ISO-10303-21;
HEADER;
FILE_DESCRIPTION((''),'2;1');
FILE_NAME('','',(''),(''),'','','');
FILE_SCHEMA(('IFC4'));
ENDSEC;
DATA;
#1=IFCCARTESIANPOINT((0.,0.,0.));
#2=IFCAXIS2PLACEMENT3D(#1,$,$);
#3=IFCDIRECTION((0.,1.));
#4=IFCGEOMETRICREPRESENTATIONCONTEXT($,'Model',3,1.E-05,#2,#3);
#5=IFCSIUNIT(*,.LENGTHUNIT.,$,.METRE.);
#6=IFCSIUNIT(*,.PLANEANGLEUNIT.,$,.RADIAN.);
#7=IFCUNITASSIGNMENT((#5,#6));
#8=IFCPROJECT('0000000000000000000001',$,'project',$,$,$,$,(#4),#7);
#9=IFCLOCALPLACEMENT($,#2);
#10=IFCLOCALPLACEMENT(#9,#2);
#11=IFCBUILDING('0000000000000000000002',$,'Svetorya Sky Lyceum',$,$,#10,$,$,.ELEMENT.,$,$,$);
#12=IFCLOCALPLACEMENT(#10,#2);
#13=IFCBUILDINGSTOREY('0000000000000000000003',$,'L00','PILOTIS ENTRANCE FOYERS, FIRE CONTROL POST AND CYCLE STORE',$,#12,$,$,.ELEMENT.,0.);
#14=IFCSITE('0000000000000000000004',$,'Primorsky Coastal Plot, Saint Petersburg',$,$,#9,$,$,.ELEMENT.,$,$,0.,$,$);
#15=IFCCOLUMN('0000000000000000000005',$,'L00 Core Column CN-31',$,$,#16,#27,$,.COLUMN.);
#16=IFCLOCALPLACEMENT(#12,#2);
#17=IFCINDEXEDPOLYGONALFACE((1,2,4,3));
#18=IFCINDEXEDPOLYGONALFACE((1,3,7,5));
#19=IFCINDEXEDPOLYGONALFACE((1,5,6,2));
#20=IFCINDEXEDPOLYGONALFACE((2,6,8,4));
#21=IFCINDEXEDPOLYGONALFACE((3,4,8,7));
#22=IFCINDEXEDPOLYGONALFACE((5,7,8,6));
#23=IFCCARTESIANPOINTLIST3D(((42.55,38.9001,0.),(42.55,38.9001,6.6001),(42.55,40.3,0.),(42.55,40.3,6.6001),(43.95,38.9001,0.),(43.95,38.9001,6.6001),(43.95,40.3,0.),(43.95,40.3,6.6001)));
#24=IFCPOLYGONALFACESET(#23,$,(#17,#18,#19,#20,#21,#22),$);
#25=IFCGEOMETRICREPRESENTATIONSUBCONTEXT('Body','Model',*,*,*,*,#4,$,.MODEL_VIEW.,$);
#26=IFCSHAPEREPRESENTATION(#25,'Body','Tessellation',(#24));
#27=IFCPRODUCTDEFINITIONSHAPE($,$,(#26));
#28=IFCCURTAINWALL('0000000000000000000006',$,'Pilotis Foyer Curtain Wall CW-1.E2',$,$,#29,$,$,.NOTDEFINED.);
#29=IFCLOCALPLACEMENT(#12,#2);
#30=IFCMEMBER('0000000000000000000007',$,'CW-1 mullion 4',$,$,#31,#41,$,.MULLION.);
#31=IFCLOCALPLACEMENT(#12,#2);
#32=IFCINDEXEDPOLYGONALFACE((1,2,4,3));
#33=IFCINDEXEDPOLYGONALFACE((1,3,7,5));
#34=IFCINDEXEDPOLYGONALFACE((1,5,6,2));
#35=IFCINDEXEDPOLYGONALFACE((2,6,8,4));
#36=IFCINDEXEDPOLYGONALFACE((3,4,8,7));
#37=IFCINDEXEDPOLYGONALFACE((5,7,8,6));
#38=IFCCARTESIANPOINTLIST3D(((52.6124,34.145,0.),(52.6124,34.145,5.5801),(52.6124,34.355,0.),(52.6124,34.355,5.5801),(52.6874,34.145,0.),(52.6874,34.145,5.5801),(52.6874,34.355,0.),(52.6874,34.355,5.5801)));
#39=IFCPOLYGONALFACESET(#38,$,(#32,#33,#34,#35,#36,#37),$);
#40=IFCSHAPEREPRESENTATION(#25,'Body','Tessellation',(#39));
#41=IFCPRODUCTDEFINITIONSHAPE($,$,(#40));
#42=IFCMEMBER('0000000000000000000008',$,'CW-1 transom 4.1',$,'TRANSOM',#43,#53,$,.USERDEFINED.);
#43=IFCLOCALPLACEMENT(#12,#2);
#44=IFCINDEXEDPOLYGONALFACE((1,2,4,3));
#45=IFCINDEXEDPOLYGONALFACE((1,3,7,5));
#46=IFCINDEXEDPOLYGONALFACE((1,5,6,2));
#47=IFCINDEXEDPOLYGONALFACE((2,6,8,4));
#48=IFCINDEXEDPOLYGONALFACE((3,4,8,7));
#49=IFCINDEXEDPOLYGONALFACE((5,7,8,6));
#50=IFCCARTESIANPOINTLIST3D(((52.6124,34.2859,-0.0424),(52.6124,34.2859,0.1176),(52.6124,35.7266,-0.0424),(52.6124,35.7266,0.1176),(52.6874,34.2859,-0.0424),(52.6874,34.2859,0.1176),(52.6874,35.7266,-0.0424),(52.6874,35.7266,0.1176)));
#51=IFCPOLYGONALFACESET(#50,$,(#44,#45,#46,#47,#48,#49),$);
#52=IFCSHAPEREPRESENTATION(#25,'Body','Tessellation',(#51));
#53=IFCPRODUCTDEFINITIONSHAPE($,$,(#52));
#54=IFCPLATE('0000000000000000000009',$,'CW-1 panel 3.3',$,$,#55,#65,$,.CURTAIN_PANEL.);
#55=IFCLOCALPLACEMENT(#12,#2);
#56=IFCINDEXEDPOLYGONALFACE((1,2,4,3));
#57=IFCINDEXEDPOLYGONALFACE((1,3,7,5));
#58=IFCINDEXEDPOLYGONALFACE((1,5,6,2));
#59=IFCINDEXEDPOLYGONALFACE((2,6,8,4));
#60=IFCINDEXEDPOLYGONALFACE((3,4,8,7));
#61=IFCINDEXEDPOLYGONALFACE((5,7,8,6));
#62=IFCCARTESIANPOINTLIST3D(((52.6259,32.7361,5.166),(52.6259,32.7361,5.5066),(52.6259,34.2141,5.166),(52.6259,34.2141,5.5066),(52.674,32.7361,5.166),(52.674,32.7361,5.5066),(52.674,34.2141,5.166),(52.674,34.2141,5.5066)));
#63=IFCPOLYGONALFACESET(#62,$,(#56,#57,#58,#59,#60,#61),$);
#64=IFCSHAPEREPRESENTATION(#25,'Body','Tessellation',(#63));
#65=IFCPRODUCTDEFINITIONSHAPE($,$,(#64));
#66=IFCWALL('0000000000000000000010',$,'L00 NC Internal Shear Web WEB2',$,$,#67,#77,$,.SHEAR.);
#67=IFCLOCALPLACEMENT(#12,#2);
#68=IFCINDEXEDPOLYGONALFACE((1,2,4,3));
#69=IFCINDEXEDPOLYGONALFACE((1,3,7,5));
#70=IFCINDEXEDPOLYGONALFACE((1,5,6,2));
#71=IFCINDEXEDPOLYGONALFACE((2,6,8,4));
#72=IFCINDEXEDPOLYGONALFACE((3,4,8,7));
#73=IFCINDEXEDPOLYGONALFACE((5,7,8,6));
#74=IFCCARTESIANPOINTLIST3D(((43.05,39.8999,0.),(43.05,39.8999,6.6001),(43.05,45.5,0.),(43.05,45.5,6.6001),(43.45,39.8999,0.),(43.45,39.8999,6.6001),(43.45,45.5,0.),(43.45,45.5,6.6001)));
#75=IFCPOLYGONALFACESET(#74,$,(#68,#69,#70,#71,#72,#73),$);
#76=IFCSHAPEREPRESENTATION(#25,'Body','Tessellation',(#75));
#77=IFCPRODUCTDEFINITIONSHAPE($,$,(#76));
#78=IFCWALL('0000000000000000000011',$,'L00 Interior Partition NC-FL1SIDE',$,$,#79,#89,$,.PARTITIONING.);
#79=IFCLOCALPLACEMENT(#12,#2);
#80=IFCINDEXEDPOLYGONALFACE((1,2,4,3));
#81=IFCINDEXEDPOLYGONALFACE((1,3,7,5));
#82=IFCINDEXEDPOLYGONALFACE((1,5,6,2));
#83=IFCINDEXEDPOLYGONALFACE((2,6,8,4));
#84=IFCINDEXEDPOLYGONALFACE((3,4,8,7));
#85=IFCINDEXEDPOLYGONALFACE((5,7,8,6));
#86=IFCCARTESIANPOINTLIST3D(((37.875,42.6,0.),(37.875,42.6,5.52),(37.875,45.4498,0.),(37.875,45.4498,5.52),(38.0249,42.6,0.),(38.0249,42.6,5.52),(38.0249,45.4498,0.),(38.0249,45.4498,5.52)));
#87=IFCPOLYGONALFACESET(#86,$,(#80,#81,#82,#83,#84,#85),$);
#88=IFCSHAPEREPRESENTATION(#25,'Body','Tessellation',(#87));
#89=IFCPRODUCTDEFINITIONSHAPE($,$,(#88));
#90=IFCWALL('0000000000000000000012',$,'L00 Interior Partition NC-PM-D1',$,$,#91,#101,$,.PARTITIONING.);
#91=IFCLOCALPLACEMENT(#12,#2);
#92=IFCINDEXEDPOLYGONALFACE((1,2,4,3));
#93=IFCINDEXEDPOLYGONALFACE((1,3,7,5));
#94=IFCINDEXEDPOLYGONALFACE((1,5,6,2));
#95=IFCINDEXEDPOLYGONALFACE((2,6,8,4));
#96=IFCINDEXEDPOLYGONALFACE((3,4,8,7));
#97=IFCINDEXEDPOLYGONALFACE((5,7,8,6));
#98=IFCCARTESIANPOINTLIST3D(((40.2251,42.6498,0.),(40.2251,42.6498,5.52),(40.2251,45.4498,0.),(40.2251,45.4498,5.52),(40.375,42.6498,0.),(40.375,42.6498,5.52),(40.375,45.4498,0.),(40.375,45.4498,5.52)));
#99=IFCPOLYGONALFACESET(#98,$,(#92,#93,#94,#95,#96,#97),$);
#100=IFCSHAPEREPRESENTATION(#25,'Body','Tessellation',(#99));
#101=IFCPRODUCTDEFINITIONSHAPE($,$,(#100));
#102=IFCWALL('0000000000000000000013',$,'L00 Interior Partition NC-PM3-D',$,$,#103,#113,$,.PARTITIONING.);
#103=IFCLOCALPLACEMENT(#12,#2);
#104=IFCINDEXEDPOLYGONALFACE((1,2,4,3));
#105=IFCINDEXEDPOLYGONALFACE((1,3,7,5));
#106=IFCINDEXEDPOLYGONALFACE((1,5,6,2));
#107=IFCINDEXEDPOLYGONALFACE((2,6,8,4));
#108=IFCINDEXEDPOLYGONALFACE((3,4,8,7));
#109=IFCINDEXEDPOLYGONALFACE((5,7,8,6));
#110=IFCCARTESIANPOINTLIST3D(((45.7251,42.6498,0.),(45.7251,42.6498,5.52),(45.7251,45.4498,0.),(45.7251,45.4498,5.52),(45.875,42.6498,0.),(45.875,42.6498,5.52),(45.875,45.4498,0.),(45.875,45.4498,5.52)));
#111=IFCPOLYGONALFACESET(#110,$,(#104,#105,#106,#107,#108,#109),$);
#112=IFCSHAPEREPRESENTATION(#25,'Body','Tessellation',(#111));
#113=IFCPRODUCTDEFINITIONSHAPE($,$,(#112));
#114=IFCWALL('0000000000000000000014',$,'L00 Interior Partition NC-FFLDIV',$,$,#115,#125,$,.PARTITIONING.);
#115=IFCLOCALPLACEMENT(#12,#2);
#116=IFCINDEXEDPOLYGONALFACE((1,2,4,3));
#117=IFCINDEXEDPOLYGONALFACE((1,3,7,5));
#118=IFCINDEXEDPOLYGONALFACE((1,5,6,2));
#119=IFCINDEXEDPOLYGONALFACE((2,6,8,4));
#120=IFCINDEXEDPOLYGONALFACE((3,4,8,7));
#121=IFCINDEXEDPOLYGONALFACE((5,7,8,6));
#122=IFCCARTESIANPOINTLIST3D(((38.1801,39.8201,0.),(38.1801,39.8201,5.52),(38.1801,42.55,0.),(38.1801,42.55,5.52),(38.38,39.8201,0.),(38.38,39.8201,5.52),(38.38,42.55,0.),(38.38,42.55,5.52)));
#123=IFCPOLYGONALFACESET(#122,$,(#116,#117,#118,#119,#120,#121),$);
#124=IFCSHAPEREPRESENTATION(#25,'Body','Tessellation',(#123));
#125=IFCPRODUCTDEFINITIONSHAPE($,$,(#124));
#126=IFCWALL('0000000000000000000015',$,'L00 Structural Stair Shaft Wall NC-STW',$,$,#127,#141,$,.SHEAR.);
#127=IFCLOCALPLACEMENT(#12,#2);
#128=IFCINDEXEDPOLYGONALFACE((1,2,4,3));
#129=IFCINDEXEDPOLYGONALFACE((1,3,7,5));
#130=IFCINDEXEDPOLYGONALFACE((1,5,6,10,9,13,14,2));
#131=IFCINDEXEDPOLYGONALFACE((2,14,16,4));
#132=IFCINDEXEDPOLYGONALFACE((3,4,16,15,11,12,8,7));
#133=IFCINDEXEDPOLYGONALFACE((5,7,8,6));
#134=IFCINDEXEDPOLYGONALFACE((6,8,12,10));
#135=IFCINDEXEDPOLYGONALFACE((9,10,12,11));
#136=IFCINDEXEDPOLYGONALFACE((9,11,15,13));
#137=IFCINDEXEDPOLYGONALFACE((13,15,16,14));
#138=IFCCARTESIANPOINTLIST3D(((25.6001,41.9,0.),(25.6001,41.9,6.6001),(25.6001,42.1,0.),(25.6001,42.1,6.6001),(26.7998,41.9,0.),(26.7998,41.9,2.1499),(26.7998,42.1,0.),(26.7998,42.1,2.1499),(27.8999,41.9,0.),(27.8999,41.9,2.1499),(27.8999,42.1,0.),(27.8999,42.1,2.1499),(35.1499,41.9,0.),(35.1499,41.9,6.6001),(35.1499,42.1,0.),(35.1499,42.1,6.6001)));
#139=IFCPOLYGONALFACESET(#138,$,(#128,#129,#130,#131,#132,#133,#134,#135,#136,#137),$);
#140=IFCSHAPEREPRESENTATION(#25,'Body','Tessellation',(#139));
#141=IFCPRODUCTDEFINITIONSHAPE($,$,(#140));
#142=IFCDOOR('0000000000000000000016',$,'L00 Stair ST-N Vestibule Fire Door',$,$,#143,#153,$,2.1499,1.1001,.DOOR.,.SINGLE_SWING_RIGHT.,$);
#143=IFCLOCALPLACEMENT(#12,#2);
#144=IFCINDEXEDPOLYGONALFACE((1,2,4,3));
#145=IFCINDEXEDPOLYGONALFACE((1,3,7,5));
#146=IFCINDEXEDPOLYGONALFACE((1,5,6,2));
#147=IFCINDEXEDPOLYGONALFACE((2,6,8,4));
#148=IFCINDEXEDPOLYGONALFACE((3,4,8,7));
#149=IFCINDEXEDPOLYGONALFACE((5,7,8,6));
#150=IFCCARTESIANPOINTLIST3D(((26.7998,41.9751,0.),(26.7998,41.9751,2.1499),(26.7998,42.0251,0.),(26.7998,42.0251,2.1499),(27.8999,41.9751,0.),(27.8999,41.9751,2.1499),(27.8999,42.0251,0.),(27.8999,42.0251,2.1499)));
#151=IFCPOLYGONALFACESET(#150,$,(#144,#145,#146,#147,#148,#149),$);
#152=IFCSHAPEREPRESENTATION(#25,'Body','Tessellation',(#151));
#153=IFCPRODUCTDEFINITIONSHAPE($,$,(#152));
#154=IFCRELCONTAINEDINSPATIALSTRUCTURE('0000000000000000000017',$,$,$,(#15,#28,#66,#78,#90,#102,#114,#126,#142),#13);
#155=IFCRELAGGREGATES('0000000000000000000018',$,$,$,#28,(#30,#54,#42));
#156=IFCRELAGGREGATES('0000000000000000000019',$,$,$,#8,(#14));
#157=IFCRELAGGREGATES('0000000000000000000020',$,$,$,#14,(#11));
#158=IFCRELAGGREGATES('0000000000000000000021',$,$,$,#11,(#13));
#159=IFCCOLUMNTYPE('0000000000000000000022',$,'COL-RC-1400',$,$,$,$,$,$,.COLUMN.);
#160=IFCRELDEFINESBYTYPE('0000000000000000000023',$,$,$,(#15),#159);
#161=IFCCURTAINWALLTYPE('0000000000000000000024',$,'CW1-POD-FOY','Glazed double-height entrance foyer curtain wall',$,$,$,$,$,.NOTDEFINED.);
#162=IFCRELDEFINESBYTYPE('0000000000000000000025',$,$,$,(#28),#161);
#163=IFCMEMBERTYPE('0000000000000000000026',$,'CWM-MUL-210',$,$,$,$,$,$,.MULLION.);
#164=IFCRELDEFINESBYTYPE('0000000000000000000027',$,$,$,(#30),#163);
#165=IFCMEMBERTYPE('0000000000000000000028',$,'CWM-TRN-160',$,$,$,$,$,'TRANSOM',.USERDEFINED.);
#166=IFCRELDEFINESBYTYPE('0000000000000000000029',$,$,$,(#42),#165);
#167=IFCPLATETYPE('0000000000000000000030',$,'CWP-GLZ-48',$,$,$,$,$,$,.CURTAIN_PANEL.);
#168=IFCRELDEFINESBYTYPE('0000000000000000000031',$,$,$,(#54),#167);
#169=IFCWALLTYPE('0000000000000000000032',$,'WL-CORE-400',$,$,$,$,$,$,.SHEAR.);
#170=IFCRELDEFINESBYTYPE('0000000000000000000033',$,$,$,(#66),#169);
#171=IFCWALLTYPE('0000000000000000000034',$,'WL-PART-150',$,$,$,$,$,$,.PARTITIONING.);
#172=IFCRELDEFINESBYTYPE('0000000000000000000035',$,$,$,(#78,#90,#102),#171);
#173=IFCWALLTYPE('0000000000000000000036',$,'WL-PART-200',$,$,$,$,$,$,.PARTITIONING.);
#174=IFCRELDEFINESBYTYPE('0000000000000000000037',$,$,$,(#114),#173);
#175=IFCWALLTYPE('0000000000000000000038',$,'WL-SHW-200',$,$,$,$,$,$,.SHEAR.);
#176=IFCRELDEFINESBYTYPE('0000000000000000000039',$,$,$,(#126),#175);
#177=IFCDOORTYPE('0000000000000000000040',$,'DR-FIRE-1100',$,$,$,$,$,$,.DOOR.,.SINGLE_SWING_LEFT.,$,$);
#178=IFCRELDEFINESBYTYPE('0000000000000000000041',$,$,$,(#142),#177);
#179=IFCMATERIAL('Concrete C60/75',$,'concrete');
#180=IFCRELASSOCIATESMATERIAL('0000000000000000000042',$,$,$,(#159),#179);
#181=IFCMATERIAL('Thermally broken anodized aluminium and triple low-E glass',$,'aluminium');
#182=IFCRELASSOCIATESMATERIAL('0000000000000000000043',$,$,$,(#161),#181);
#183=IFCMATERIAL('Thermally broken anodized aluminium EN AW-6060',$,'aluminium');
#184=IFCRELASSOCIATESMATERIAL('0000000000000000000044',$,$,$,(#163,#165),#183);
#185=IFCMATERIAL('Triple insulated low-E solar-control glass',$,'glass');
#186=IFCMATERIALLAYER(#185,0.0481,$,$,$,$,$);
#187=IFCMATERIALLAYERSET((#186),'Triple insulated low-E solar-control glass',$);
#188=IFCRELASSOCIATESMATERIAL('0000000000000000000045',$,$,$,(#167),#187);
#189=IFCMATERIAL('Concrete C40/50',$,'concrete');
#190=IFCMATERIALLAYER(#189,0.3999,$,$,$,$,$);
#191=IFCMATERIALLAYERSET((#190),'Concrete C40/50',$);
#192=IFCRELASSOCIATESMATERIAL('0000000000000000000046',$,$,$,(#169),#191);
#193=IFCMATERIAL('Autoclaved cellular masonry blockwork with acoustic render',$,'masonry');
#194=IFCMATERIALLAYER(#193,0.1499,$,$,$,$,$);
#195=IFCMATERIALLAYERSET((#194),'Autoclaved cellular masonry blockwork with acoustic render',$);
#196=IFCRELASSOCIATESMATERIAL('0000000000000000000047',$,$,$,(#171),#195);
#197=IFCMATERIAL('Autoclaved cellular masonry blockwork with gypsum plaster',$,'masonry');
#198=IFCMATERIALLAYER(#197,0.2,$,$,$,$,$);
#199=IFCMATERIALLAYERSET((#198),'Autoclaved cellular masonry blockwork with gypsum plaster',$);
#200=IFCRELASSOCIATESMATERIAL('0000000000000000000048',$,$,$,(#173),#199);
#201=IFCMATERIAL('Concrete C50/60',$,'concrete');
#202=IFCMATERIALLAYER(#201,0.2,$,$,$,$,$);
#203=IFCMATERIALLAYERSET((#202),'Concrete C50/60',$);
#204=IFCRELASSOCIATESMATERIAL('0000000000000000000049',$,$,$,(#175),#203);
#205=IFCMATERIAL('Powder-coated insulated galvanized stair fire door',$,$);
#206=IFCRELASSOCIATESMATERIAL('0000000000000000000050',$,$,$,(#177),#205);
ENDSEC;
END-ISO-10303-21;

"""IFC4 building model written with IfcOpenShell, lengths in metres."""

from ifc_helpers import new_model, si_unit, direction, frame, frame_2d, origin, origin_2d, place, context, subcontext, project, spatial, rectangle, extrude, material, layer, layer_set, material_profile, profile_set, type_object, element, fill, aggregate, save


model = new_model("IFC4")

# Units and contexts
model_context = context("Model", 3, precision=1e-05, world=origin(), true_north=direction((0.0, 1.0)))
body_context = subcontext(model_context, "Body", "Model", "MODEL_VIEW")
ifc_project = project(units=[si_unit("LENGTHUNIT", "METRE"), si_unit("PLANEANGLEUNIT", "RADIAN")], contexts=[model_context])

# Site, building, storey
site_placement = place(None, origin())
site = spatial("IfcSite", under=ifc_project, at=site_placement, Name="Primorsky Coastal Plot, Saint Petersburg", CompositionType="ELEMENT", RefElevation=0.0)
building_placement = place(site_placement, origin())
building = spatial("IfcBuilding", under=site, at=building_placement, Name="Svetorya Sky Lyceum", CompositionType="ELEMENT")
storey_placement = place(building_placement, origin())
storey = spatial("IfcBuildingStorey", under=building, at=storey_placement, Name="L00", Description="PILOTIS ENTRANCE FOYERS, FIRE CONTROL POST AND CYCLE STORE", CompositionType="ELEMENT", Elevation=0.0)

# Column
ifc_material_1 = material(Name="Concrete C60/75", Category="concrete")
ifc_material_profile_1 = material_profile(ifc_material_1, rectangle(XDim=1.3999, YDim=1.3999, at=origin_2d()), Name="RC COL 1400x1400")
ifc_profile_set_1 = profile_set([ifc_material_profile_1], Name="Concrete C60/75")
column_type = type_object("IfcColumnType", Name="COL-RC-1400", PredefinedType="COLUMN", material=ifc_profile_set_1)
column_placement = place(storey_placement, frame((43.25, 39.6001, 0.0), z_axis=(0.0, 0.0, 1.0), x_axis=(1.0, 0.0, 0.0)))
element("IfcColumn", 1, at=column_placement, inside=storey, type_object=column_type, Name="L00 Core Column CN-31", PredefinedType="COLUMN", context=body_context, shape_type="SweptSolid", body=[
    extrude(rectangle(XDim=1.3999, YDim=1.3999, at=origin_2d()), origin(), (0.0, 0.0, 1.0), 6.6001),
])

# Curtain wall, members, plate
ifc_material_2 = material(Name="Thermally broken anodized aluminium and triple low-E glass", Category="aluminium")
curtain_wall_type = type_object("IfcCurtainWallType", Name="CW1-POD-FOY", Description="Glazed double-height entrance foyer curtain wall", PredefinedType="NOTDEFINED", material=ifc_material_2)
curtain_wall_placement = place(storey_placement, origin())
curtain_wall = element("IfcCurtainWall", 2, at=curtain_wall_placement, inside=storey, type_object=curtain_wall_type, Name="Pilotis Foyer Curtain Wall CW-1.E2", PredefinedType="NOTDEFINED")
ifc_material_3 = material(Name="Thermally broken anodized aluminium EN AW-6060", Category="aluminium")
ifc_material_profile_2 = material_profile(ifc_material_3, rectangle(XDim=0.075, YDim=0.21, at=origin_2d()), Name="ALU MULLION 75x210")
ifc_profile_set_2 = profile_set([ifc_material_profile_2], Name="Thermally broken anodized aluminium EN AW-6060")
member_type_1 = type_object("IfcMemberType", Name="CWM-MUL-210", PredefinedType="MULLION", material=ifc_profile_set_2)
member_1_placement = place(storey_placement, frame((52.6499, 34.25, 0.0), z_axis=(0.0, 0.0, 1.0), x_axis=(-1.0, 0.0, 0.0)))
member_1 = element("IfcMember", 3, at=member_1_placement, type_object=member_type_1, Name="CW-1 mullion 4", PredefinedType="MULLION", context=body_context, shape_type="SweptSolid", body=[
    extrude(rectangle(XDim=0.075, YDim=0.21, at=origin_2d()), origin(), (0.0, 0.0, 1.0), 5.5801),
])
ifc_material_profile_3 = material_profile(ifc_material_3, rectangle(XDim=0.075, YDim=0.1599, at=origin_2d()), Name="ALU TRANSOM 75x160")
ifc_profile_set_3 = profile_set([ifc_material_profile_3], Name="Thermally broken anodized aluminium EN AW-6060")
member_type_2 = type_object("IfcMemberType", Name="CWM-TRN-160", ElementType="TRANSOM", PredefinedType="USERDEFINED", material=ifc_profile_set_3)
member_2_placement = place(storey_placement, frame((52.6499, 34.2859, 0.0376), z_axis=(0.0, 1.0, 0.0), x_axis=(-1.0, 0.0, 0.0)))
member_2 = element("IfcMember", 4, at=member_2_placement, type_object=member_type_2, Name="CW-1 transom 4.1", ObjectType="TRANSOM", PredefinedType="USERDEFINED", context=body_context, shape_type="SweptSolid", body=[
    extrude(rectangle(XDim=0.075, YDim=0.1599, at=origin_2d()), origin(), (0.0, 0.0, 1.0), 1.4407),
])
ifc_material_4 = material(Name="Triple insulated low-E solar-control glass", Category="glass")
ifc_layer_1 = layer(ifc_material_4, 0.0481)
ifc_layer_set_1 = layer_set([ifc_layer_1], Name="Triple insulated low-E solar-control glass")
plate_type = type_object("IfcPlateType", Name="CWP-GLZ-48", PredefinedType="CURTAIN_PANEL", material=ifc_layer_set_1)
plate_placement = place(storey_placement, frame((52.6499, 33.4751, 5.166), z_axis=(0.0, 0.0, 1.0), x_axis=(0.0, 1.0, 0.0)))
plate = element("IfcPlate", 5, at=plate_placement, type_object=plate_type, Name="CW-1 panel 3.3", PredefinedType="CURTAIN_PANEL", context=body_context, shape_type="SweptSolid", body=[
    extrude(rectangle(XDim=1.478, YDim=0.0481, at=origin_2d()), origin(), (0.0, 0.0, 1.0), 0.3406),
])
aggregate(curtain_wall, [member_1, plate, member_2])

# Walls
ifc_material_5 = material(Name="Concrete C40/50", Category="concrete")
ifc_layer_2 = layer(ifc_material_5, 0.3999)
ifc_layer_set_2 = layer_set([ifc_layer_2], Name="Concrete C40/50")
wall_type_1 = type_object("IfcWallType", Name="WL-CORE-400", PredefinedType="SHEAR", material=ifc_layer_set_2)
wall_1_placement = place(storey_placement, frame((43.25, 39.8999, 0.0), z_axis=(0.0, 0.0, 1.0), x_axis=(0.0, 1.0, 0.0)))
element("IfcWall", 6, at=wall_1_placement, inside=storey, type_object=wall_type_1, Name="L00 NC Internal Shear Web WEB2", PredefinedType="SHEAR", context=body_context, shape_type="SweptSolid", body=[
    extrude(rectangle(XDim=5.6001, YDim=0.3999, at=frame_2d((2.8, 0.0))), origin(), (0.0, 0.0, 1.0), 6.6001),
])
ifc_material_6 = material(Name="Autoclaved cellular masonry blockwork with acoustic render", Category="masonry")
ifc_layer_3 = layer(ifc_material_6, 0.1499)
ifc_layer_set_3 = layer_set([ifc_layer_3], Name="Autoclaved cellular masonry blockwork with acoustic render")
wall_type_2 = type_object("IfcWallType", Name="WL-PART-150", PredefinedType="PARTITIONING", material=ifc_layer_set_3)
wall_2_placement = place(storey_placement, frame((37.95, 42.6001, 0.0), z_axis=(0.0, 0.0, 1.0), x_axis=(0.0, 1.0, 0.0)))
element("IfcWall", 7, at=wall_2_placement, inside=storey, type_object=wall_type_2, Name="L00 Interior Partition NC-FL1SIDE", PredefinedType="PARTITIONING", context=body_context, shape_type="SweptSolid", body=[
    extrude(rectangle(XDim=2.8499, YDim=0.1499, at=frame_2d((1.4248, 0.0))), origin(), (0.0, 0.0, 1.0), 5.52),
])
for number, where, z_axis, x_axis, name in (
    (8, (40.3, 42.6499, 0.0), (0.0, 0.0, 1.0), (0.0, 1.0, 0.0), "L00 Interior Partition NC-PM-D1"),
    (9, (45.8, 42.6499, 0.0), (0.0, 0.0, 1.0), (0.0, 1.0, 0.0), "L00 Interior Partition NC-PM3-D"),
):
    element("IfcWall", number, at=place(storey_placement, frame(where, z_axis=z_axis, x_axis=x_axis)), inside=storey, type_object=wall_type_2, Name=name, PredefinedType="PARTITIONING", context=body_context, shape_type="SweptSolid", body=[
        extrude(rectangle(XDim=2.8, YDim=0.1499, at=frame_2d((1.3999, 0.0))), origin(), (0.0, 0.0, 1.0), 5.52),
    ])

# Shared definitions
ifc_material_7 = material(Name="Autoclaved cellular masonry blockwork with gypsum plaster", Category="masonry")
ifc_layer_4 = layer(ifc_material_7, 0.2)
ifc_layer_set_4 = layer_set([ifc_layer_4], Name="Autoclaved cellular masonry blockwork with gypsum plaster")
wall_type_3 = type_object("IfcWallType", Name="WL-PART-200", PredefinedType="PARTITIONING", material=ifc_layer_set_4)

# Wall
wall_3_placement = place(storey_placement, frame((38.28, 39.8201, 0.0), z_axis=(0.0, 0.0, 1.0), x_axis=(0.0, 1.0, 0.0)))
element("IfcWall", 10, at=wall_3_placement, inside=storey, type_object=wall_type_3, Name="L00 Interior Partition NC-FFLDIV", PredefinedType="PARTITIONING", context=body_context, shape_type="SweptSolid", body=[
    extrude(rectangle(XDim=2.73, YDim=0.2, at=frame_2d((1.365, 0.0))), origin(), (0.0, 0.0, 1.0), 5.52),
])

# Wall, opening, door
ifc_material_8 = material(Name="Concrete C50/60", Category="concrete")
ifc_layer_5 = layer(ifc_material_8, 0.2)
ifc_layer_set_5 = layer_set([ifc_layer_5], Name="Concrete C50/60")
wall_type_4 = type_object("IfcWallType", Name="WL-SHW-200", PredefinedType="SHEAR", material=ifc_layer_set_5)
wall_4_placement = place(storey_placement, frame((35.1499, 42.0, 0.0), z_axis=(0.0, 0.0, 1.0), x_axis=(-1.0, 0.0, 0.0)))
wall_4 = element("IfcWall", 11, at=wall_4_placement, inside=storey, type_object=wall_type_4, Name="L00 Structural Stair Shaft Wall NC-STW", PredefinedType="SHEAR", context=body_context, shape_type="SweptSolid", body=[
    extrude(rectangle(XDim=9.5498, YDim=0.2, at=frame_2d((4.7749, 0.0))), origin(), (0.0, 0.0, 1.0), 6.6001),
])
opening_1_placement = place(wall_4_placement, frame((7.25, 0.0, 0.0)))
opening_1 = element("IfcOpeningElement", 12, at=opening_1_placement, cuts=wall_4, PredefinedType="OPENING", context=body_context, shape_type="SweptSolid", body=[
    extrude(rectangle(XDim=1.1001, YDim=2.1499, at=frame_2d((0.55, 1.075))), frame((0.0, 0.1099, 0.0), z_axis=(0.0, -1.0, 0.0), x_axis=(1.0, 0.0, 0.0)), (0.0, 0.0, 1.0), 0.22),
])
ifc_material_9 = material(Name="Powder-coated insulated galvanized stair fire door")
door_type_1 = type_object("IfcDoorType", Name="DR-FIRE-1100", OperationType="SINGLE_SWING_LEFT", PredefinedType="DOOR", material=ifc_material_9)
door_1_placement = place(opening_1_placement, origin())
door_1 = element("IfcDoor", 13, at=door_1_placement, inside=storey, type_object=door_type_1, Name="L00 Stair ST-N Vestibule Fire Door", OperationType="SINGLE_SWING_RIGHT", OverallHeight=2.1499, OverallWidth=1.1001, PredefinedType="DOOR", context=body_context, shape_type="SweptSolid", body=[
    extrude(rectangle(XDim=1.1001, YDim=2.1499, at=frame_2d((0.55, 1.075))), frame((0.0, 0.0249, 0.0), z_axis=(0.0, -1.0, 0.0), x_axis=(1.0, 0.0, 0.0)), (0.0, 0.0, 1.0), 0.05),
])
fill(opening_1, door_1)

save(model, "model.ifc")
